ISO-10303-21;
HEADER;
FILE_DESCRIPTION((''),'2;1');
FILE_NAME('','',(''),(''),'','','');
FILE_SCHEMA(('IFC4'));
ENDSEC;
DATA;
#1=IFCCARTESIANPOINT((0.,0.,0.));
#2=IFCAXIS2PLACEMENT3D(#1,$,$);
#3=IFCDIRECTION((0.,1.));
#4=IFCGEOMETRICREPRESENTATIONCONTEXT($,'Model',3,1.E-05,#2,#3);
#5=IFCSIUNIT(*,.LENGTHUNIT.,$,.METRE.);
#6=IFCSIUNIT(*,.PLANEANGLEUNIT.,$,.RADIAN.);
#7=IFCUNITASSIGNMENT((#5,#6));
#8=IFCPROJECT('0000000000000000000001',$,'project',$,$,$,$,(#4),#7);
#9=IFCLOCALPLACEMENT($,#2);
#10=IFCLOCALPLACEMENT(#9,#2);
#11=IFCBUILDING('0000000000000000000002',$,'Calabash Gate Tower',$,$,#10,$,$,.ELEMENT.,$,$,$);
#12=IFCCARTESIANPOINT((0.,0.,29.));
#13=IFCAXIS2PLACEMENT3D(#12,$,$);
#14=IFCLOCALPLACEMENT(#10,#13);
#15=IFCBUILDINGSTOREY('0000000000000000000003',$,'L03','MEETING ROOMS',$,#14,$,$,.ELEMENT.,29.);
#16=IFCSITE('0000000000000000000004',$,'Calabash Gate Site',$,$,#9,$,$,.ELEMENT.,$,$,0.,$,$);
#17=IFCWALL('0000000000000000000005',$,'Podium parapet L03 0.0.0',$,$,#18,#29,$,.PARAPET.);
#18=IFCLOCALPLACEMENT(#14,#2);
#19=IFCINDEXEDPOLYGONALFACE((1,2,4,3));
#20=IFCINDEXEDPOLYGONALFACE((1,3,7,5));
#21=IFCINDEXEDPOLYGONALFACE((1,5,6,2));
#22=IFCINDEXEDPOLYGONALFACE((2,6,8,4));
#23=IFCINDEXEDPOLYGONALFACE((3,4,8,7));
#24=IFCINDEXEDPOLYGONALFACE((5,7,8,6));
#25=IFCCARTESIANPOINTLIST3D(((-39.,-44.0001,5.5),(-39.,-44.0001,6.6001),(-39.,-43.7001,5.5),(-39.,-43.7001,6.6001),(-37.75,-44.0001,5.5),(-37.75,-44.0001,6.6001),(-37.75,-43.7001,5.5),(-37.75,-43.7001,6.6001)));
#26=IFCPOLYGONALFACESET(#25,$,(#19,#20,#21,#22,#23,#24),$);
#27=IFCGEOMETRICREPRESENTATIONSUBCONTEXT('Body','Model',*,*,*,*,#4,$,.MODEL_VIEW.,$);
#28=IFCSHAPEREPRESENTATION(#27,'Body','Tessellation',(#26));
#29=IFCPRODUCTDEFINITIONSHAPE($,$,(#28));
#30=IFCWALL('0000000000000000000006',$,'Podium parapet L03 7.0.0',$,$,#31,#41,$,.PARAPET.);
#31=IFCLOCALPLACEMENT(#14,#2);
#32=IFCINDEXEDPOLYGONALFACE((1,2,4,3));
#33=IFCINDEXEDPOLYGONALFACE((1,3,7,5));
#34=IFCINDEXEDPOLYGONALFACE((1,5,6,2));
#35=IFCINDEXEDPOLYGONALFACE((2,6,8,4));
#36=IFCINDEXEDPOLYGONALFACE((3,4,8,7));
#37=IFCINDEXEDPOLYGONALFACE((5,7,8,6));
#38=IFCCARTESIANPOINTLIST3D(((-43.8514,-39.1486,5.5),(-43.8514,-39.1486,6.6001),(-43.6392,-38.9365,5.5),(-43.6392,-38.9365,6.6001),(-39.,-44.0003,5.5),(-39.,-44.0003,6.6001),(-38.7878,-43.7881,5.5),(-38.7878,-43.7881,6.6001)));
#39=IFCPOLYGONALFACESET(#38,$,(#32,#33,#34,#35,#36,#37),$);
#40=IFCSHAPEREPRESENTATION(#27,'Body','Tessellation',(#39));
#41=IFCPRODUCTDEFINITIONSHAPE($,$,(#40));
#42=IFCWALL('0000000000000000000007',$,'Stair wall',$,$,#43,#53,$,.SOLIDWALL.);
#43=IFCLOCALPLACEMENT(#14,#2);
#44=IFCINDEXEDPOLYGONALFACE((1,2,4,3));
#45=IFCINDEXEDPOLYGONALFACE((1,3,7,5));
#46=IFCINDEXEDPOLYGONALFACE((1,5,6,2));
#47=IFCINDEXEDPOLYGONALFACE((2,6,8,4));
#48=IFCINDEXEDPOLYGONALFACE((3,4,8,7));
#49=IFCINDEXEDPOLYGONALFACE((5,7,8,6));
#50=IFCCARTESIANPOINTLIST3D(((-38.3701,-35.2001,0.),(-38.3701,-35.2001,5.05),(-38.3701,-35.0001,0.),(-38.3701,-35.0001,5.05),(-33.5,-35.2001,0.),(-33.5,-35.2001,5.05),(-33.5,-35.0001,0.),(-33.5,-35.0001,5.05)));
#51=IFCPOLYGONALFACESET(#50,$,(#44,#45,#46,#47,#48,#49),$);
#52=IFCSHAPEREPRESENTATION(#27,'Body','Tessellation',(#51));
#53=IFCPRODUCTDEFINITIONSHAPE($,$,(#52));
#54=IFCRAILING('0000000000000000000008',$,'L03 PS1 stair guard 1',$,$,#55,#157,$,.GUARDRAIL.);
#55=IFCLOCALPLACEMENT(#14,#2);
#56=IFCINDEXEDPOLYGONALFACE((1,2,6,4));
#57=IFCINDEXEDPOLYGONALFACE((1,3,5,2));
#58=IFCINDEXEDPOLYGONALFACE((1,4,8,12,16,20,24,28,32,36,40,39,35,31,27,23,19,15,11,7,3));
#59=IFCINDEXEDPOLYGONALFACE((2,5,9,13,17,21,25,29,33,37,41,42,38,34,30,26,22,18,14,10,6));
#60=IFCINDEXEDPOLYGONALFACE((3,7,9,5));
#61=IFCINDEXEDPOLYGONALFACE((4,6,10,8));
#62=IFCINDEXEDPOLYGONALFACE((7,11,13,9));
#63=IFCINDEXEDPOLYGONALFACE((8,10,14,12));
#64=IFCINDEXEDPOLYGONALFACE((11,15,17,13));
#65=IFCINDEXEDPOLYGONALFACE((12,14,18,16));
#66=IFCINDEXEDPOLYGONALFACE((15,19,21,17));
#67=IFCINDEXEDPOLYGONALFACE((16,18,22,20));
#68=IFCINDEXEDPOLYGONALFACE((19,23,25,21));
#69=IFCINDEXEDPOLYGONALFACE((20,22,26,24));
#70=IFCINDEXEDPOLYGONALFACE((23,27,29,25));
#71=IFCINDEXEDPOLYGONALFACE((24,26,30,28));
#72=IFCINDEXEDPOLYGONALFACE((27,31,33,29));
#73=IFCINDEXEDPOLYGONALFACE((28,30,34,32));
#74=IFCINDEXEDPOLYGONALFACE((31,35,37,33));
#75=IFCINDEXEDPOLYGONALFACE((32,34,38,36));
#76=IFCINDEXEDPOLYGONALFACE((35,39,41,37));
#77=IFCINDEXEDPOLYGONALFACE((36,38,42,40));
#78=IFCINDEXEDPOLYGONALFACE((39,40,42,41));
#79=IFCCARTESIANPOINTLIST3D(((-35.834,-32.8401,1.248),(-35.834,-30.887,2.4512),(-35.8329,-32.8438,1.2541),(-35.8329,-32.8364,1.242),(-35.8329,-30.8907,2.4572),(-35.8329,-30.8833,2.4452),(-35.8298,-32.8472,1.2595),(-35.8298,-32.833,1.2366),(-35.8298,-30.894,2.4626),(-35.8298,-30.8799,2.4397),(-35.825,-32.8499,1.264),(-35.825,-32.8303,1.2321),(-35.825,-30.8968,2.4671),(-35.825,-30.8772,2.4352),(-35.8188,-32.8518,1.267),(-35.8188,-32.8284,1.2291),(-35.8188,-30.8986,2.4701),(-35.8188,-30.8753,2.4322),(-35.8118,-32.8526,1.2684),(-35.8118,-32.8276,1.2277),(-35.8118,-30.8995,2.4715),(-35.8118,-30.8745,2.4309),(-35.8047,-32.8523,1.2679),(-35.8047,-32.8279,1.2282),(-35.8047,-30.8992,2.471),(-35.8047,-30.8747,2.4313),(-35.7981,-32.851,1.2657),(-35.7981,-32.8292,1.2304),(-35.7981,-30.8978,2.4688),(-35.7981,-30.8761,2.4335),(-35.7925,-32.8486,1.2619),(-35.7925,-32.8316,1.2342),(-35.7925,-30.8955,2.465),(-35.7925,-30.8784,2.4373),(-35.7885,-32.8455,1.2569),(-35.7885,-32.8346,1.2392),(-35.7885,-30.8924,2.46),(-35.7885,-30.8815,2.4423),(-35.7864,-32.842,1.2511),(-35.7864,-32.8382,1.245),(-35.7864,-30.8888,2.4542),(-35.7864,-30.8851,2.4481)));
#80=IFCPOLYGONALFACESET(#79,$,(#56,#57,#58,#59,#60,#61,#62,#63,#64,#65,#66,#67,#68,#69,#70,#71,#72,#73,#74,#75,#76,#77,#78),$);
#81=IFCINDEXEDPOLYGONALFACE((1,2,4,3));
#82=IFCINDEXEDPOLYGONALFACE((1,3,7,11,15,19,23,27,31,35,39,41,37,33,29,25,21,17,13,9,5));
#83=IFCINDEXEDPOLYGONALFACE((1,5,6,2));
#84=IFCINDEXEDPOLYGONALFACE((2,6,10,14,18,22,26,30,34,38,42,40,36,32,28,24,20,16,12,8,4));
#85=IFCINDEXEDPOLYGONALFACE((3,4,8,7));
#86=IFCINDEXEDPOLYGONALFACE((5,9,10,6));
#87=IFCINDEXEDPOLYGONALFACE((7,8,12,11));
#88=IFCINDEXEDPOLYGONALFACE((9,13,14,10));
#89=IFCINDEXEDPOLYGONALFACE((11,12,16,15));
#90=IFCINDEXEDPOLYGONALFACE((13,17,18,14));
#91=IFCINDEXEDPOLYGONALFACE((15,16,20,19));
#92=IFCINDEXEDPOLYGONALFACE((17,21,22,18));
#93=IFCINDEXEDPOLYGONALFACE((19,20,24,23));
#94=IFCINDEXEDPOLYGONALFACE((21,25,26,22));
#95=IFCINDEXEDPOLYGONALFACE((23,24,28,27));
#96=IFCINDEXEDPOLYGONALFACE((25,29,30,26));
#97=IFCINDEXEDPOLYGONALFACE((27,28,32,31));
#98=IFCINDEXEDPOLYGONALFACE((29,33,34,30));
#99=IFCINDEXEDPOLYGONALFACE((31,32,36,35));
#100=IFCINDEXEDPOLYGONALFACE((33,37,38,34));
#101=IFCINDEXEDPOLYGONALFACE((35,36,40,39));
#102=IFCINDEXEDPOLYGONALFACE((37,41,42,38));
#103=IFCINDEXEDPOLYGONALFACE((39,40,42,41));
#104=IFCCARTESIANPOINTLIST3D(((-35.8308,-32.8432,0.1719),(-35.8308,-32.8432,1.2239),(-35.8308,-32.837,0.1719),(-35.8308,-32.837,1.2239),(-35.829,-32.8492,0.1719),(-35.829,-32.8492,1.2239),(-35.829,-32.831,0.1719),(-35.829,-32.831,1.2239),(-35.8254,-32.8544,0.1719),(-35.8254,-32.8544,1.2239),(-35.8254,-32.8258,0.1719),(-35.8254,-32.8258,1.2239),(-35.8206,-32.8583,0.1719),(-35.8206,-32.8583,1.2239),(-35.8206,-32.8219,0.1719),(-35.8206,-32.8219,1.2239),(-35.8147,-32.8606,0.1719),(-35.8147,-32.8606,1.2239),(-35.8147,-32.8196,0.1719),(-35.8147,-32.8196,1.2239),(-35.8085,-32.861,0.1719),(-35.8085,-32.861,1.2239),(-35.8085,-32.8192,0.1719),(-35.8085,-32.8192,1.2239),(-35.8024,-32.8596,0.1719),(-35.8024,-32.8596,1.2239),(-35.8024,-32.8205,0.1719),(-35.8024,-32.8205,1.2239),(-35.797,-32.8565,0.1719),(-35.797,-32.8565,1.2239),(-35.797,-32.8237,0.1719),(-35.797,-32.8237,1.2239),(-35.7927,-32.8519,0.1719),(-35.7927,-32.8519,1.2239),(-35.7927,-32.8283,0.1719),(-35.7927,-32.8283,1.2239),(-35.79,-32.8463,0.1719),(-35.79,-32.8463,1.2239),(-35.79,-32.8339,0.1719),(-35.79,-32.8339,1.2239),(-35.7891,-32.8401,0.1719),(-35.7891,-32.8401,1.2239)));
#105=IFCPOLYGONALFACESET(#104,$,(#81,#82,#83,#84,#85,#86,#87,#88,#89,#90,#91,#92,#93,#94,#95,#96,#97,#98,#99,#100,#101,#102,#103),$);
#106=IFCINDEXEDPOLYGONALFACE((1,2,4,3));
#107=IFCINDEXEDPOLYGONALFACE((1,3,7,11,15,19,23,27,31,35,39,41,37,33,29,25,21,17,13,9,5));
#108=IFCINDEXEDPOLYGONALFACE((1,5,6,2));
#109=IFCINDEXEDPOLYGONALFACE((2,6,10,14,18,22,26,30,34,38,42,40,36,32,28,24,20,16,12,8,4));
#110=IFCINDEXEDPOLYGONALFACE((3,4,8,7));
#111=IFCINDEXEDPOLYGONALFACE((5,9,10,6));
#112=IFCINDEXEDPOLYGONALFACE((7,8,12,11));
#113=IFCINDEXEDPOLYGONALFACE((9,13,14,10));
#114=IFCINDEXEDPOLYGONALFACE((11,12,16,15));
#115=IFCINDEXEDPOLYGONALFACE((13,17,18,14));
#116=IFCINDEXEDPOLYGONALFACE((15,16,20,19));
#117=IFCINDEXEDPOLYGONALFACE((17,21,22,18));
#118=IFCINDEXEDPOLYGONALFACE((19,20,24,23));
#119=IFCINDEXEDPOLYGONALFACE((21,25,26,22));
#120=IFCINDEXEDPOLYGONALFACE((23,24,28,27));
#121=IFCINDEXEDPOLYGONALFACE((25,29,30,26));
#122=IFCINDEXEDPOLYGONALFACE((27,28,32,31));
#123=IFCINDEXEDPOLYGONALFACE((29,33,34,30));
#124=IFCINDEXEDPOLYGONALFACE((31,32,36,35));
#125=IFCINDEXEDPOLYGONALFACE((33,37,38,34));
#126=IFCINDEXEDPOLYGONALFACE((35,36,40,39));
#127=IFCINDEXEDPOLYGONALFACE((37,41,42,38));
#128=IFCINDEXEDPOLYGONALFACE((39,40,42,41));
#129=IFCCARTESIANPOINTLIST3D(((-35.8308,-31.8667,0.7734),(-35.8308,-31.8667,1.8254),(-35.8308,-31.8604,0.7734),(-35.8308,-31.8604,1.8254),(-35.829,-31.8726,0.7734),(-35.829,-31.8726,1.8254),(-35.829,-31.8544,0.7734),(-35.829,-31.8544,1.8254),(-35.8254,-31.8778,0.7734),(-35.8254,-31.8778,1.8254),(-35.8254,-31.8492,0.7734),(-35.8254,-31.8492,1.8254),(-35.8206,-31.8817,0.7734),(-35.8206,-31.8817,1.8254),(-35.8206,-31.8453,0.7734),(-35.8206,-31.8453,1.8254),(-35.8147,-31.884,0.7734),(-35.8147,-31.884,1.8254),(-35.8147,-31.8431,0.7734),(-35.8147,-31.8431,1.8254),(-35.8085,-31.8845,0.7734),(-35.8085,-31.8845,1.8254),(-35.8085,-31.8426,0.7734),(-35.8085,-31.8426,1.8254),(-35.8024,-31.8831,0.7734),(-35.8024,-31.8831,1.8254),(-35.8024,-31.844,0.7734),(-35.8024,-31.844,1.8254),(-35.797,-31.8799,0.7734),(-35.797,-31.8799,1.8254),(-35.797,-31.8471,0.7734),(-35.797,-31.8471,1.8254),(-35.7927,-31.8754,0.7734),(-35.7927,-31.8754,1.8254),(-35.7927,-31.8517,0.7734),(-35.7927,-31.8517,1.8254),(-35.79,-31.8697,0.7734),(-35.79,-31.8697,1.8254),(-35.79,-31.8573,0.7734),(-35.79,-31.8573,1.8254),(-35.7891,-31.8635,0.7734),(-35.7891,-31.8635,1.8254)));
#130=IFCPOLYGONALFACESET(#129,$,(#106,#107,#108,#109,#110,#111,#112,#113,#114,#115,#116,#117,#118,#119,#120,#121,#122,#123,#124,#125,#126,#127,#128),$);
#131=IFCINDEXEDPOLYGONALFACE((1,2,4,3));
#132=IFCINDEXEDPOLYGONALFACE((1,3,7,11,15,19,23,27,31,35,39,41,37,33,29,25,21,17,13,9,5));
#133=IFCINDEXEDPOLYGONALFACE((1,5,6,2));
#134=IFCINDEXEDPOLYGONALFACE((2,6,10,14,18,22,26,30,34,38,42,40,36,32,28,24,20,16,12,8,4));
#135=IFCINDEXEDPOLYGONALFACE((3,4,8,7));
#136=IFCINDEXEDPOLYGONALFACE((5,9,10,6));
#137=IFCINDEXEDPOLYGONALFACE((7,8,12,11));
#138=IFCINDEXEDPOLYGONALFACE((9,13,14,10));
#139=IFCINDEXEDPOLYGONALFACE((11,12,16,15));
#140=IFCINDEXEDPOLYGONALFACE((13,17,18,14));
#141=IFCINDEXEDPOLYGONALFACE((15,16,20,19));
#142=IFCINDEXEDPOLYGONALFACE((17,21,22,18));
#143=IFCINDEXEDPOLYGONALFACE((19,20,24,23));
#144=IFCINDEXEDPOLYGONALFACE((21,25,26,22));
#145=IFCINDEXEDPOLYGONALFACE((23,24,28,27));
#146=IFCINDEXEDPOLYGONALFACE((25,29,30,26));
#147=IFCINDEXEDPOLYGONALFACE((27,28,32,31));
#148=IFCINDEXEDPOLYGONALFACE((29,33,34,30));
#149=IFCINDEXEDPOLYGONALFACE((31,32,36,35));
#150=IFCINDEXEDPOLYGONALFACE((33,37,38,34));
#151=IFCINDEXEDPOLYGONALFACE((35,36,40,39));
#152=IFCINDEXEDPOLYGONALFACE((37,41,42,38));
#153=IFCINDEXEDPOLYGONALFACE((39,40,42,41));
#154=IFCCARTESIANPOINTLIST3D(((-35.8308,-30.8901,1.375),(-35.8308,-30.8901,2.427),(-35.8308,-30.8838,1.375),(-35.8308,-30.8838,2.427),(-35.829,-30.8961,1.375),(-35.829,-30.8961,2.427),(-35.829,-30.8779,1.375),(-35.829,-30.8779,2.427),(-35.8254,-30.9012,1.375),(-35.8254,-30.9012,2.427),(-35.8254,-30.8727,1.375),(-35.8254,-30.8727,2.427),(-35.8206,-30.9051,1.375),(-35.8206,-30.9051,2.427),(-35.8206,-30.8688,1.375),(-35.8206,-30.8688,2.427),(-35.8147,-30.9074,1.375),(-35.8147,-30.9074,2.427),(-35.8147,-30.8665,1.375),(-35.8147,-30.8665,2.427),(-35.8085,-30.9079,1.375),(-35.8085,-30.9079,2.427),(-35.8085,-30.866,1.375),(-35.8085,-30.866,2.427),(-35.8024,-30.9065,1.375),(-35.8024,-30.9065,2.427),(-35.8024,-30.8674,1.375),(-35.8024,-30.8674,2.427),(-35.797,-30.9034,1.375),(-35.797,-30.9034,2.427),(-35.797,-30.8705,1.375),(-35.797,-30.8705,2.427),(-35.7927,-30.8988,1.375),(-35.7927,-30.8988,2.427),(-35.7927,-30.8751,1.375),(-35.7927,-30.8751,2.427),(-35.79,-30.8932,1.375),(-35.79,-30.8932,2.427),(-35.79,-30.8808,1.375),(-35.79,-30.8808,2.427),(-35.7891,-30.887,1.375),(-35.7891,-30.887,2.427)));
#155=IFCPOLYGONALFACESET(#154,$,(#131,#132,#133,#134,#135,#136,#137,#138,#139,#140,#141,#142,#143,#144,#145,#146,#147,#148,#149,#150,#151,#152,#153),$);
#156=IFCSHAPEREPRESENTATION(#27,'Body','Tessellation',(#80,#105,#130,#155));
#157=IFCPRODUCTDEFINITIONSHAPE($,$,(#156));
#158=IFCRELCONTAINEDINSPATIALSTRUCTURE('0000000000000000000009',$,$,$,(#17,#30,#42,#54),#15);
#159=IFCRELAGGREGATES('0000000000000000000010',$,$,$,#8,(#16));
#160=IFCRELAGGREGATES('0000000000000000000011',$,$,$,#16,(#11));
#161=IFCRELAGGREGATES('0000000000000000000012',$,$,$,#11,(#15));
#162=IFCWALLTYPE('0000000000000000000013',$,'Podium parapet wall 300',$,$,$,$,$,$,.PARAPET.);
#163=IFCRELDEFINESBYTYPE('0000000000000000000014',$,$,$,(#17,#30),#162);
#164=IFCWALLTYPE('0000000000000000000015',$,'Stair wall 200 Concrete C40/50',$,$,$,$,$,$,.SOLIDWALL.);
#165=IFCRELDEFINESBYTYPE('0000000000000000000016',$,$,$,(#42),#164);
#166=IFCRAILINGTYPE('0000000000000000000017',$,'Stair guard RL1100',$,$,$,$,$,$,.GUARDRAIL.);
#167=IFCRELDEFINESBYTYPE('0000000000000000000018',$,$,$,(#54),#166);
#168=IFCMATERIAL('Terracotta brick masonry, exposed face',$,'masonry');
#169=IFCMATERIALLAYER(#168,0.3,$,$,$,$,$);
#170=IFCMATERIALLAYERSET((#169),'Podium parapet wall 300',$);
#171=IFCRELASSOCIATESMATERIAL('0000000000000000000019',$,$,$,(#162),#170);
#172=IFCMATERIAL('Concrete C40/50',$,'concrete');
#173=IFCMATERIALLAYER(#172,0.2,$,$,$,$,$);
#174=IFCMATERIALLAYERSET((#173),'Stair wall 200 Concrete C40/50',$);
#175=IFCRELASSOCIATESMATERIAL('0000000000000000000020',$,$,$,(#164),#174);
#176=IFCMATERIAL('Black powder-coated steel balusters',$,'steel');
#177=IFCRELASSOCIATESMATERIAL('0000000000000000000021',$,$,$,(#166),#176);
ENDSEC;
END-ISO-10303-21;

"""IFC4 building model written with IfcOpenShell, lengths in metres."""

from ifc_helpers import new_model, si_unit, direction, frame, frame_2d, origin, origin_2d, place, context, subcontext, project, spatial, rectangle, circle, extrude, material, layer, layer_set, type_object, element, save


model = new_model("IFC4")

# Units and contexts
model_context = context("Model", 3, precision=1e-05, world=origin(), true_north=direction((0.0, 1.0)))
body_context = subcontext(model_context, "Body", "Model", "MODEL_VIEW")
ifc_project = project(units=[si_unit("LENGTHUNIT", "METRE"), si_unit("PLANEANGLEUNIT", "RADIAN")], contexts=[model_context])

# Site, building, storey
site_placement = place(None, origin())
site = spatial("IfcSite", under=ifc_project, at=site_placement, Name="Calabash Gate Site", CompositionType="ELEMENT", RefElevation=0.0)
building_placement = place(site_placement, origin())
building = spatial("IfcBuilding", under=site, at=building_placement, Name="Calabash Gate Tower", CompositionType="ELEMENT")
storey_placement = place(building_placement, frame((0.0, 0.0, 29.0)))
storey = spatial("IfcBuildingStorey", under=building, at=storey_placement, Name="L03", Description="MEETING ROOMS", CompositionType="ELEMENT", Elevation=29.0)

# Walls
ifc_material_1 = material(Name="Terracotta brick masonry, exposed face", Category="masonry")
ifc_layer_1 = layer(ifc_material_1, 0.3)
ifc_layer_set_1 = layer_set([ifc_layer_1], Name="Podium parapet wall 300")
wall_type_1 = type_object("IfcWallType", Name="Podium parapet wall 300", PredefinedType="PARAPET", material=ifc_layer_set_1)
wall_1_placement = place(storey_placement, frame((-39.0, -43.8501, 5.5), z_axis=(0.0, 0.0, 1.0), x_axis=(1.0, 0.0, 0.0)))
element("IfcWall", 1, at=wall_1_placement, inside=storey, type_object=wall_type_1, Name="Podium parapet L03 0.0.0", PredefinedType="PARAPET", context=body_context, shape_type="SweptSolid", body=[
    extrude(rectangle(XDim=1.25, YDim=0.3, at=frame_2d((0.625, 0.0))), origin(), (0.0, 0.0, 1.0), 1.1001),
])
wall_2_placement = place(storey_placement, frame((-43.7454, -39.0425, 5.5), z_axis=(0.0, 0.0, 1.0), x_axis=(0.707089, -0.707125, 0.0)))
element("IfcWall", 2, at=wall_2_placement, inside=storey, type_object=wall_type_1, Name="Podium parapet L03 7.0.0", PredefinedType="PARAPET", context=body_context, shape_type="SweptSolid", body=[
    extrude(rectangle(XDim=6.8611, YDim=0.3, at=frame_2d((3.4307, 0.0))), origin(), (0.0, 0.0, 1.0), 1.1001),
])
ifc_material_2 = material(Name="Concrete C40/50", Category="concrete")
ifc_layer_2 = layer(ifc_material_2, 0.2)
ifc_layer_set_2 = layer_set([ifc_layer_2], Name="Stair wall 200 Concrete C40/50")
wall_type_2 = type_object("IfcWallType", Name="Stair wall 200 Concrete C40/50", PredefinedType="SOLIDWALL", material=ifc_layer_set_2)
wall_3_placement = place(storey_placement, frame((-38.3701, -35.1001, 0.0), z_axis=(0.0, 0.0, 1.0), x_axis=(1.0, 0.0, 0.0)))
element("IfcWall", 3, at=wall_3_placement, inside=storey, type_object=wall_type_2, Name="Stair wall", PredefinedType="SOLIDWALL", context=body_context, shape_type="SweptSolid", body=[
    extrude(rectangle(XDim=4.8701, YDim=0.2, at=frame_2d((2.4351, 0.0))), origin(), (0.0, 0.0, 1.0), 5.05),
])

# Railing
ifc_material_3 = material(Name="Black powder-coated steel balusters", Category="steel")
railing_type = type_object("IfcRailingType", Name="Stair guard RL1100", PredefinedType="GUARDRAIL", material=ifc_material_3)
railing_1_placement = place(storey_placement, frame((-35.8101, -32.8401, 0.1719)))
element("IfcRailing", 4, at=railing_1_placement, inside=storey, type_object=railing_type, Name="L03 PS1 stair guard 1", PredefinedType="GUARDRAIL", context=body_context, shape_type="SweptSolid", body=[
    extrude(circle(Radius=0.0239, at=origin_2d()), frame((0.0, 0.0, 1.0762), z_axis=(0.0, 0.851424, 0.524477), x_axis=(-1.0, 0.0, 0.0)), (0.0, 0.0, 1.0), 2.2939),
    extrude(circle(Radius=0.021, at=origin_2d()), origin(), (0.0, 0.0, 1.0), 1.052),
    extrude(circle(Radius=0.021, at=origin_2d()), frame((0.0, 0.9766, 0.6016)), (0.0, 0.0, 1.0), 1.052),
    extrude(circle(Radius=0.021, at=origin_2d()), frame((0.0, 1.9531, 1.2031)), (0.0, 0.0, 1.0), 1.052),
])

save(model, "model.ifc")
